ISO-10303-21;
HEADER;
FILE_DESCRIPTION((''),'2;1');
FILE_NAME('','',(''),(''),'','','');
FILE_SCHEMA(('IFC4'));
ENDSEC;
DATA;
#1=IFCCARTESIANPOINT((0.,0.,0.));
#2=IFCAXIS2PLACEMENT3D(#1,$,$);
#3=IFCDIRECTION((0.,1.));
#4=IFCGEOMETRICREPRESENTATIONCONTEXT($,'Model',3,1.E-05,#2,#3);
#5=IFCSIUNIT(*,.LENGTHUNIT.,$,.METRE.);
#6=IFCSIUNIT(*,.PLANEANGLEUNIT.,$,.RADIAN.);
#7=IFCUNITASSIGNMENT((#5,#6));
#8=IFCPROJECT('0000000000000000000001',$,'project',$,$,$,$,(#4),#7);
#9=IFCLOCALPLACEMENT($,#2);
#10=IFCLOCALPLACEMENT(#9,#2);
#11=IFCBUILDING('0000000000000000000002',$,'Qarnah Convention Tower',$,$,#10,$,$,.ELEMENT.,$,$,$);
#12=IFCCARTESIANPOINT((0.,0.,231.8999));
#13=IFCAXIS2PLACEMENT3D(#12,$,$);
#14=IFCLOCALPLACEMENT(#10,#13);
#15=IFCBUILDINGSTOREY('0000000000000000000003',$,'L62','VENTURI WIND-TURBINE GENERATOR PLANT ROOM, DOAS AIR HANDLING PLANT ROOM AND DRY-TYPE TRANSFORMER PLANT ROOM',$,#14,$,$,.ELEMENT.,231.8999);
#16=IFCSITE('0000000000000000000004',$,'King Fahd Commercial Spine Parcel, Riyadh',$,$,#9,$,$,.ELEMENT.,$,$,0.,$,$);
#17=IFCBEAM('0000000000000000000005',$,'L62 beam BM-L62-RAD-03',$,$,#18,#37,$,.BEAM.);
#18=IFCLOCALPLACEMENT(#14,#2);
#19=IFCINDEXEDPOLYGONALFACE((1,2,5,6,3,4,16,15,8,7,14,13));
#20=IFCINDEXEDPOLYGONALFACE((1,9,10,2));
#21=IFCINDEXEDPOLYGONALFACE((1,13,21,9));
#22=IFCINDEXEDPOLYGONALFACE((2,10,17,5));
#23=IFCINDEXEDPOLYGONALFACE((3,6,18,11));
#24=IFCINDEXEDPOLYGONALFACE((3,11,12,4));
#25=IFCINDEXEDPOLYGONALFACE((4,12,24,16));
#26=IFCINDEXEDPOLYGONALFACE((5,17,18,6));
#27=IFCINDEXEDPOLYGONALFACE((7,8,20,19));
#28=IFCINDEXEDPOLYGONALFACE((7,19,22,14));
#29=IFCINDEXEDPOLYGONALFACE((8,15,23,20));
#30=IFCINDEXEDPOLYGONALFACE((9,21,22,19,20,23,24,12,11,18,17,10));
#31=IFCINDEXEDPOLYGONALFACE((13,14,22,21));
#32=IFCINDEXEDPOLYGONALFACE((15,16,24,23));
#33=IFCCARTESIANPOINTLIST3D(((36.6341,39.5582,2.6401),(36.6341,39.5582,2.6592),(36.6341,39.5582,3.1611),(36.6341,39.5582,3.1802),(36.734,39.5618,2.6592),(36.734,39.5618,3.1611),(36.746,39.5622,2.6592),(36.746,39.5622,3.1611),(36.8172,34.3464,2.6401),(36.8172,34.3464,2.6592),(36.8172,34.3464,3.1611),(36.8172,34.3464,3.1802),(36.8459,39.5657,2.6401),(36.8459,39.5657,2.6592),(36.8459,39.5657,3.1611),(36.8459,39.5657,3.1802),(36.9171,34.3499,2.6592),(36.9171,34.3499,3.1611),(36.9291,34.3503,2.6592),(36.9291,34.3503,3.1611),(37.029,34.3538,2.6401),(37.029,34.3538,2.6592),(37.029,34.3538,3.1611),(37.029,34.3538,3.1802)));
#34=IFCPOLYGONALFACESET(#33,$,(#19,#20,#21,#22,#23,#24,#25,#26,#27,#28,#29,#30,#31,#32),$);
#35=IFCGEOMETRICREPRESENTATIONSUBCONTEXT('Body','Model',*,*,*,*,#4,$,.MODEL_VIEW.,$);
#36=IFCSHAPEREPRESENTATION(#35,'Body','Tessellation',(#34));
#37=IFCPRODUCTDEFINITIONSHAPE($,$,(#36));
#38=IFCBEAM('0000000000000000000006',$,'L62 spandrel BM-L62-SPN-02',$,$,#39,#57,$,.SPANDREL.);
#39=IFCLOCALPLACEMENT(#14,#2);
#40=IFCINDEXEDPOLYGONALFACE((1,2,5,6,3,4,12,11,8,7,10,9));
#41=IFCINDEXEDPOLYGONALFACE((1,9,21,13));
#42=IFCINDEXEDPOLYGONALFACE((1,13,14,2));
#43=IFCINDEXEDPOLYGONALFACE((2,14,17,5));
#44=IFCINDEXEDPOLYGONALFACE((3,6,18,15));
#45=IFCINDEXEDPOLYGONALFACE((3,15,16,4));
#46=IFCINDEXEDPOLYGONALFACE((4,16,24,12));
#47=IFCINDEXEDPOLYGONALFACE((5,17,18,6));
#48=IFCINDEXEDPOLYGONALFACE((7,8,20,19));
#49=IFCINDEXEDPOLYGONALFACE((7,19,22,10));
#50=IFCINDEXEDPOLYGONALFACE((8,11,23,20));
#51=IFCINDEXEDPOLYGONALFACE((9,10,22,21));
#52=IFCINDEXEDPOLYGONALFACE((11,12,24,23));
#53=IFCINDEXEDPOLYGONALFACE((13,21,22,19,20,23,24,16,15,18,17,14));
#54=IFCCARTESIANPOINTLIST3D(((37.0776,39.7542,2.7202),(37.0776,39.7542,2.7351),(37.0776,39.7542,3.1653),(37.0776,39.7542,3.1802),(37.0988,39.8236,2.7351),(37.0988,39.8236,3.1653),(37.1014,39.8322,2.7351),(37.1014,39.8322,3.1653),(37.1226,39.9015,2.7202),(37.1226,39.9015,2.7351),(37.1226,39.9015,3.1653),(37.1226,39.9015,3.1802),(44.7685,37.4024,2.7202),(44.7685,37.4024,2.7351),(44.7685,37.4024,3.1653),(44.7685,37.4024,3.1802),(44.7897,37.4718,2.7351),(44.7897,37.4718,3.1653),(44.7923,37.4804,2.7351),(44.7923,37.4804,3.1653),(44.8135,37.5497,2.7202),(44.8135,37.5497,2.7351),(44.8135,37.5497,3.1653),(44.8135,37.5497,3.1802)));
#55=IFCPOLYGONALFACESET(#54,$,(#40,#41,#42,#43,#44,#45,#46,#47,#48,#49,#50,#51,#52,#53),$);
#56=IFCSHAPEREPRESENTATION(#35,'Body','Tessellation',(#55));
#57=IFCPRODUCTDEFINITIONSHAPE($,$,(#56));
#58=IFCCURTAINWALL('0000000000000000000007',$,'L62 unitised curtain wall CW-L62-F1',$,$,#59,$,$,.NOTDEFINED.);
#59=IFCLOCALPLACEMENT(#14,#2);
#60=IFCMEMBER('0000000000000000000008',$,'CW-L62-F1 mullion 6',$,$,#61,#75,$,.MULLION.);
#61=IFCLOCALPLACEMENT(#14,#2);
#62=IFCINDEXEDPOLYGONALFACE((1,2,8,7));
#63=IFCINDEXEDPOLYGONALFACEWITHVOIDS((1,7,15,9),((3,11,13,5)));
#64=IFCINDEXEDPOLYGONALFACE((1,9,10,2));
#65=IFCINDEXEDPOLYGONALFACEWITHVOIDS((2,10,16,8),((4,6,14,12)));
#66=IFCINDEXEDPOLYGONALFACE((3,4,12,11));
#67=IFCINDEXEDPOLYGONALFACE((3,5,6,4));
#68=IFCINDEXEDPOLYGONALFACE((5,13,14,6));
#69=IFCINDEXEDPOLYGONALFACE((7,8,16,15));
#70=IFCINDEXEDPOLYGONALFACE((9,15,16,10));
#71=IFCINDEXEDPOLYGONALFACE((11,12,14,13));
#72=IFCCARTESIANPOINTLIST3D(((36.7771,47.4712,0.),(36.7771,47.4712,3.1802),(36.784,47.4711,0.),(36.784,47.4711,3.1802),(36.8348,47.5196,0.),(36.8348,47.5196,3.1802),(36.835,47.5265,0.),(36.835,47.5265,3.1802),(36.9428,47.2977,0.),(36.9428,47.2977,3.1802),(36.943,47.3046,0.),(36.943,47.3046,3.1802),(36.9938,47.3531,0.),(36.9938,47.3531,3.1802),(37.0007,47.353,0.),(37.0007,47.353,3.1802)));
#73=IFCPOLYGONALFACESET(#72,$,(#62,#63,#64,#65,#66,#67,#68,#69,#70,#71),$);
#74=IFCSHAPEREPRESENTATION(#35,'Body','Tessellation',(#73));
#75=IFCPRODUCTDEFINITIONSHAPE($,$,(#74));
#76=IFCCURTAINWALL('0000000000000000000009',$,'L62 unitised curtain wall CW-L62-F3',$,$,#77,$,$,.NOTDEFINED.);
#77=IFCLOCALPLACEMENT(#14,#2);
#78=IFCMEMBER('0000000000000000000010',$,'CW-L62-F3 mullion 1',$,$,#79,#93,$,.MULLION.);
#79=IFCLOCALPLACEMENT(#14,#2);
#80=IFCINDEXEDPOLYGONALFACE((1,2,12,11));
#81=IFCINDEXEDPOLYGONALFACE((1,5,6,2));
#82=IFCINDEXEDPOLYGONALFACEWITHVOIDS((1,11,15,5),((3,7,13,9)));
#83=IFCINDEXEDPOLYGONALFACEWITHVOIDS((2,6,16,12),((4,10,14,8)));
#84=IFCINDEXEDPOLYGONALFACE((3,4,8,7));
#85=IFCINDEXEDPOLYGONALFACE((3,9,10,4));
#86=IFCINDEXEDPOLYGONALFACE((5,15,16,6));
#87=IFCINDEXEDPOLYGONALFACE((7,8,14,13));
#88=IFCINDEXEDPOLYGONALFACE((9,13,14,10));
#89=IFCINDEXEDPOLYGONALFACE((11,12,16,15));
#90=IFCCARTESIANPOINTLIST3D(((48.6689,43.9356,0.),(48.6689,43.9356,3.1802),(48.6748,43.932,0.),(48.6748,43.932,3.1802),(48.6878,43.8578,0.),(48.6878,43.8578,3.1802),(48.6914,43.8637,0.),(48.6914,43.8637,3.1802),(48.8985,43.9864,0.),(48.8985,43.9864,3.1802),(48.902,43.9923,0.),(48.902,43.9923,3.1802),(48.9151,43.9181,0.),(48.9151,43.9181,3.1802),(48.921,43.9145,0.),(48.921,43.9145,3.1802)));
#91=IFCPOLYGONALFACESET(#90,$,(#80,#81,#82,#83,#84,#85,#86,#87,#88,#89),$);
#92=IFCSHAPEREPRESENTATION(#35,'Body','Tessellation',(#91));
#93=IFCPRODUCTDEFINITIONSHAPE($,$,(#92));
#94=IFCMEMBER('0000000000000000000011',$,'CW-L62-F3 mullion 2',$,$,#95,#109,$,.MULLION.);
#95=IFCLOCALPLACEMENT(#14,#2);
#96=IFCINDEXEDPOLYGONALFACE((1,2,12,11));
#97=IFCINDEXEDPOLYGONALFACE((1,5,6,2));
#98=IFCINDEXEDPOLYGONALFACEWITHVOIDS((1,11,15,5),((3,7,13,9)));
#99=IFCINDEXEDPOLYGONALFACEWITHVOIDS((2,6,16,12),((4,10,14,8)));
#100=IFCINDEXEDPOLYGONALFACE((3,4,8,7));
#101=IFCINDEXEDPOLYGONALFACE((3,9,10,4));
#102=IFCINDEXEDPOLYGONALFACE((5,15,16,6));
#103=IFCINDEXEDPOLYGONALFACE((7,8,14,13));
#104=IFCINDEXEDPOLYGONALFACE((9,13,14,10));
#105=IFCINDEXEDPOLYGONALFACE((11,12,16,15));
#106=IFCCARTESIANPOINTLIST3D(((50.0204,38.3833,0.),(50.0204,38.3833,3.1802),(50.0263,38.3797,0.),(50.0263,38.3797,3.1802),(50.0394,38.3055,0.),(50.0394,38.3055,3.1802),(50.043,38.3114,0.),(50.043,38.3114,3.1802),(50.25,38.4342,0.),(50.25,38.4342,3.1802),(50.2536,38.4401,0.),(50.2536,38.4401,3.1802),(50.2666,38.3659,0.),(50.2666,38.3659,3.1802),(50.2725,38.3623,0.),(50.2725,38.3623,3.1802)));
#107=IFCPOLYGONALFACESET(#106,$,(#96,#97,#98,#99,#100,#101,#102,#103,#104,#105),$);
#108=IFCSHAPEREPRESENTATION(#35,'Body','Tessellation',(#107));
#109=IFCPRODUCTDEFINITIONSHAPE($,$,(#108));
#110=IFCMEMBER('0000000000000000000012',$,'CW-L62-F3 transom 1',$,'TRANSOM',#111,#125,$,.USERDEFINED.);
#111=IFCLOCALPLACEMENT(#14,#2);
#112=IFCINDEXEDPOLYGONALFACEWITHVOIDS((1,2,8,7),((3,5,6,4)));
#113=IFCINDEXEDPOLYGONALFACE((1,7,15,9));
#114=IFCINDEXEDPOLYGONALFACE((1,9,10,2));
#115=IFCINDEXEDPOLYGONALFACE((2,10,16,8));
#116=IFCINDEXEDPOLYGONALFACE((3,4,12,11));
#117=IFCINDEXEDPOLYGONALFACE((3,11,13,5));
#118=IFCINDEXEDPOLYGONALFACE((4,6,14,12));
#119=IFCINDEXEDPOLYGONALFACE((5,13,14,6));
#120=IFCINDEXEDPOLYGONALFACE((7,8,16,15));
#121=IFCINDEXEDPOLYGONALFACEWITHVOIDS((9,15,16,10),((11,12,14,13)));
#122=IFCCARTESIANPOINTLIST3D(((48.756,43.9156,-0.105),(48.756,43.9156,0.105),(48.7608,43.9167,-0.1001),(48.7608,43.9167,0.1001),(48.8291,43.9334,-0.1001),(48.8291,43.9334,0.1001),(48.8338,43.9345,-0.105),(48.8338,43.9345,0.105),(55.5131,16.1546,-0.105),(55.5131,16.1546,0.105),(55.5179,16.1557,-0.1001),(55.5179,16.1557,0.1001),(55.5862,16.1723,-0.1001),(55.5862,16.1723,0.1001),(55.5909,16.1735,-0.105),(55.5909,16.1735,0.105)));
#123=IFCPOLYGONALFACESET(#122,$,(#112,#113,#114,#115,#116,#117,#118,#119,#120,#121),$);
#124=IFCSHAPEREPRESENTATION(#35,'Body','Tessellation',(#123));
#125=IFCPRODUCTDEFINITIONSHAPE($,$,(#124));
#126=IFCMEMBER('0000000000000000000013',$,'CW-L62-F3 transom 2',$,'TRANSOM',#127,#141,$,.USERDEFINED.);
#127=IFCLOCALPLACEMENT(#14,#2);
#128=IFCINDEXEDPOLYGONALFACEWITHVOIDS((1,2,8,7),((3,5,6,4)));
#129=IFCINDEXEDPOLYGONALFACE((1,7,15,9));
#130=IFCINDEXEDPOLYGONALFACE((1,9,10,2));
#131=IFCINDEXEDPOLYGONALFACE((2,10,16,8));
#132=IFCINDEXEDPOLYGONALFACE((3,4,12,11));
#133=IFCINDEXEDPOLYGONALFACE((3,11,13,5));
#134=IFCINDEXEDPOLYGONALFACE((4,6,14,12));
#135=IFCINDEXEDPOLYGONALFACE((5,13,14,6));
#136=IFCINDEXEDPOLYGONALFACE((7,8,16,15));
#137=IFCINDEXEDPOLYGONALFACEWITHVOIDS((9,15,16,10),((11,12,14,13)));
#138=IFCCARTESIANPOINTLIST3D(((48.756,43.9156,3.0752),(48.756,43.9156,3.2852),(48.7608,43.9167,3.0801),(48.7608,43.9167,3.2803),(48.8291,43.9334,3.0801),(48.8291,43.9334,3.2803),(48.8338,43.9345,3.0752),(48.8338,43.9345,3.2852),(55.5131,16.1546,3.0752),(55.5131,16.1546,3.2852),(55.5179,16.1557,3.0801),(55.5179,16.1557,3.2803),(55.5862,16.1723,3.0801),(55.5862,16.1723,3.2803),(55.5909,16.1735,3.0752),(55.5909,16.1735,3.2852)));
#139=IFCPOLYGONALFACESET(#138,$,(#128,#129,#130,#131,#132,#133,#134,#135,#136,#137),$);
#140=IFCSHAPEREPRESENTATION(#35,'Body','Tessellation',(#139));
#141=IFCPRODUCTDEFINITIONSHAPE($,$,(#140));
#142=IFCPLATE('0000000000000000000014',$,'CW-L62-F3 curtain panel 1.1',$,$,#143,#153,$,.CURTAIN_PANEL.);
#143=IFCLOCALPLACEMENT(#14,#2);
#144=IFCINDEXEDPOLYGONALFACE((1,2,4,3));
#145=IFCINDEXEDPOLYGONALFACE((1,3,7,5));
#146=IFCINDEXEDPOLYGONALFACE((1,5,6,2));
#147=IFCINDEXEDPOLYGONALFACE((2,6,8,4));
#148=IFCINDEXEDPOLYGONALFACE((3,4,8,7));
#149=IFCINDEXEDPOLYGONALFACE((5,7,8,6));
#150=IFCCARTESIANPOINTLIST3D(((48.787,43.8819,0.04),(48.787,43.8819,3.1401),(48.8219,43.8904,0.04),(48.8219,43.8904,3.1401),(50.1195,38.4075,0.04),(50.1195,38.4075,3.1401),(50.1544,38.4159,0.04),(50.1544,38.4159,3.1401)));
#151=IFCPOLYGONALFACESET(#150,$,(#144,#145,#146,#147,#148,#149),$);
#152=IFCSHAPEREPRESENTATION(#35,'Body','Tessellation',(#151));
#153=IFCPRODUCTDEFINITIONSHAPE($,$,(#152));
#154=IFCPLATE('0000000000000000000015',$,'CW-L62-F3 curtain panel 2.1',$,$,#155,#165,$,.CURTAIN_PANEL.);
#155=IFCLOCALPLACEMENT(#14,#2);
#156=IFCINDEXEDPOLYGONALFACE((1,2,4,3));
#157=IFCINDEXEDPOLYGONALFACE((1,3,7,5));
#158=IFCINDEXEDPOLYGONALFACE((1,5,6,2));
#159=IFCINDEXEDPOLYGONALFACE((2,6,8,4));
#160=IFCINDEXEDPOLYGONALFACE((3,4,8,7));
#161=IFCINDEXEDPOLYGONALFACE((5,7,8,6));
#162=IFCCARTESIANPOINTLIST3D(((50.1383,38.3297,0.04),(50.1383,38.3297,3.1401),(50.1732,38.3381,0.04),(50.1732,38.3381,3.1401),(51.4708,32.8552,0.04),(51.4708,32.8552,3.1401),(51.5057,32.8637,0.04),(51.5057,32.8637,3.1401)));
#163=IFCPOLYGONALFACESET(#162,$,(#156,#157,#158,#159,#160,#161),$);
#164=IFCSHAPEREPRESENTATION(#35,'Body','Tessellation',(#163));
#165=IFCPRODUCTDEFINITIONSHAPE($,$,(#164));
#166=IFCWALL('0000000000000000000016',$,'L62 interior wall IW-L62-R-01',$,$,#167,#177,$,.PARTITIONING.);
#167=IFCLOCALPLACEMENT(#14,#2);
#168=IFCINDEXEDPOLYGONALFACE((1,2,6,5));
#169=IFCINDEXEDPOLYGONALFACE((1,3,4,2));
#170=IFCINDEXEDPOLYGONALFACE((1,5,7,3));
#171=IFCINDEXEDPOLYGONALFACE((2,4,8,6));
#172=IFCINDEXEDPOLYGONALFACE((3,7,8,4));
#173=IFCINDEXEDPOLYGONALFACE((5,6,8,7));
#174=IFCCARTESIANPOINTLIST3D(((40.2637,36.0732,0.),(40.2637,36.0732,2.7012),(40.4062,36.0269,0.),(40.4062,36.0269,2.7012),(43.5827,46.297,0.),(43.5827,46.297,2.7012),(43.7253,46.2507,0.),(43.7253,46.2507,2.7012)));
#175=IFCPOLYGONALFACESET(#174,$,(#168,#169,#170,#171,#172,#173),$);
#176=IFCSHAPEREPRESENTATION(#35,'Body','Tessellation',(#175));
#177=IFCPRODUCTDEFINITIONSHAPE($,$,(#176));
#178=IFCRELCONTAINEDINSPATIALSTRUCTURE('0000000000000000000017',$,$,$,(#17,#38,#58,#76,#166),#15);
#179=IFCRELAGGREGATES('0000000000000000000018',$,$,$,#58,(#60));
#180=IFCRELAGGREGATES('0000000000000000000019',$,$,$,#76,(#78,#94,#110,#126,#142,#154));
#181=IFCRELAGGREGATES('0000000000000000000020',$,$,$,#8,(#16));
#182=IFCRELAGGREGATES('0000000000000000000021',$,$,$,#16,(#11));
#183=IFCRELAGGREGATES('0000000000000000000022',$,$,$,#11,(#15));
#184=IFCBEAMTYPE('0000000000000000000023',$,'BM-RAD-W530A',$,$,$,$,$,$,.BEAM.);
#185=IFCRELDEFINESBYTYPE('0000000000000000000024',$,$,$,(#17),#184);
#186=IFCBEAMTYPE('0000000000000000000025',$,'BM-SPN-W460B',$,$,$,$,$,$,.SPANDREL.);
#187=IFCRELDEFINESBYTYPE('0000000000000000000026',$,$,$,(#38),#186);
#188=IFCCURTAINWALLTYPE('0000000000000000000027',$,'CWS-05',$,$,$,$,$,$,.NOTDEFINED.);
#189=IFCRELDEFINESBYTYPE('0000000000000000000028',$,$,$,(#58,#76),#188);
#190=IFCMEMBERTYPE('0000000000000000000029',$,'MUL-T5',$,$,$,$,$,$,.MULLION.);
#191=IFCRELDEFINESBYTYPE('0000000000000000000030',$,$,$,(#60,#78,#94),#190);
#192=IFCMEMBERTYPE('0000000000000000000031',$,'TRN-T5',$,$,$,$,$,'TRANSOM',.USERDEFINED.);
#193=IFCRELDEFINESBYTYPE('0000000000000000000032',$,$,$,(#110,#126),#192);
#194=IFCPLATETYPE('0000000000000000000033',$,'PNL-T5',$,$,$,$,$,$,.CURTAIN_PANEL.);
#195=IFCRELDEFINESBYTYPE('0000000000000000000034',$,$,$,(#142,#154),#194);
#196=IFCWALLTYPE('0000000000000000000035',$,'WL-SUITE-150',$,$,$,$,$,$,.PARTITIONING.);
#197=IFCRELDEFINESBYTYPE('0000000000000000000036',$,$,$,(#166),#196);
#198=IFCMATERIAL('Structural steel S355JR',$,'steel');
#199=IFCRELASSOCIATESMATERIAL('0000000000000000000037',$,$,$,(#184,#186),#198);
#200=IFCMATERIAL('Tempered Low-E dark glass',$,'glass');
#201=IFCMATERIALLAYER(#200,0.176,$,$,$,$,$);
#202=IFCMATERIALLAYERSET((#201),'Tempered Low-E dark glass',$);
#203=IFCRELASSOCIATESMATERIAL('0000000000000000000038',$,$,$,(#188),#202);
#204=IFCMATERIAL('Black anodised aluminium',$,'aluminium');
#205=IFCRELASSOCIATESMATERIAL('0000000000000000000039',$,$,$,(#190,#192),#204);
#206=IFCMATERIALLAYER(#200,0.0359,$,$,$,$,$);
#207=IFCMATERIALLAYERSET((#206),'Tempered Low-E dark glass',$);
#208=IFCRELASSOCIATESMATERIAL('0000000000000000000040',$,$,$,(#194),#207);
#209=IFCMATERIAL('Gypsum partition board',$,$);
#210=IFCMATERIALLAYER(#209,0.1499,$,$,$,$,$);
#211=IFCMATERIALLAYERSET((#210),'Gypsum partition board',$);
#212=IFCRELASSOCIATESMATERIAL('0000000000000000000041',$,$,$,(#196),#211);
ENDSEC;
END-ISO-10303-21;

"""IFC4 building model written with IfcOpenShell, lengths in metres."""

from ifc_helpers import new_model, si_unit, direction, frame, frame_2d, origin, origin_2d, place, context, subcontext, project, spatial, rectangle, hollow_rectangle, i_section, extrude, material, layer, layer_set, material_profile, profile_set, type_object, element, aggregate, save


model = new_model("IFC4")

# Units and contexts
model_context = context("Model", 3, precision=1e-05, world=origin(), true_north=direction((0.0, 1.0)))
body_context = subcontext(model_context, "Body", "Model", "MODEL_VIEW")
ifc_project = project(units=[si_unit("LENGTHUNIT", "METRE"), si_unit("PLANEANGLEUNIT", "RADIAN")], contexts=[model_context])

# Site, building, storey
site_placement = place(None, origin())
site = spatial("IfcSite", under=ifc_project, at=site_placement, Name="King Fahd Commercial Spine Parcel, Riyadh", CompositionType="ELEMENT", RefElevation=0.0)
building_placement = place(site_placement, origin())
building = spatial("IfcBuilding", under=site, at=building_placement, Name="Qarnah Convention Tower", CompositionType="ELEMENT")
storey_placement = place(building_placement, frame((0.0, 0.0, 231.8999)))
storey = spatial("IfcBuildingStorey", under=building, at=storey_placement, Name="L62", Description="VENTURI WIND-TURBINE GENERATOR PLANT ROOM, DOAS AIR HANDLING PLANT ROOM AND DRY-TYPE TRANSFORMER PLANT ROOM", CompositionType="ELEMENT", Elevation=231.8999)

# Beams
ifc_material_1 = material(Name="Structural steel S355JR", Category="steel")
ifc_material_profile_1 = material_profile(ifc_material_1, i_section(OverallWidth=0.2119, OverallDepth=0.54, WebThickness=0.012, FlangeThickness=0.019, at=origin_2d()), Name="W530X109")
ifc_profile_set_1 = profile_set([ifc_material_profile_1], Name="Structural steel S355JR")
beam_type_1 = type_object("IfcBeamType", Name="BM-RAD-W530A", PredefinedType="BEAM", material=ifc_profile_set_1)
beam_1_placement = place(storey_placement, frame((36.9231, 34.3501, 2.9102), z_axis=(-0.03511, 0.999383, 0.0), x_axis=(-0.999383, -0.03511, 0.0)))
element("IfcBeam", 1, at=beam_1_placement, inside=storey, type_object=beam_type_1, Name="L62 beam BM-L62-RAD-03", PredefinedType="BEAM", context=body_context, shape_type="SweptSolid", body=[
    extrude(i_section(OverallWidth=0.2119, OverallDepth=0.54, WebThickness=0.012, FlangeThickness=0.019, at=origin_2d()), origin(), (0.0, 0.0, 1.0), 5.2151),
])
ifc_material_profile_2 = material_profile(ifc_material_1, i_section(OverallWidth=0.1541, OverallDepth=0.46, WebThickness=0.009, FlangeThickness=0.0149, at=origin_2d()), Name="W460X68")
ifc_profile_set_2 = profile_set([ifc_material_profile_2], Name="Structural steel S355JR")
beam_type_2 = type_object("IfcBeamType", Name="BM-SPN-W460B", PredefinedType="SPANDREL", material=ifc_profile_set_2)
beam_2_placement = place(storey_placement, frame((44.791, 37.4761, 2.9502), z_axis=(-0.956289, 0.292424, 0.0), x_axis=(-0.292424, -0.956289, 0.0)))
element("IfcBeam", 2, at=beam_2_placement, inside=storey, type_object=beam_type_2, Name="L62 spandrel BM-L62-SPN-02", PredefinedType="SPANDREL", context=body_context, shape_type="SweptSolid", body=[
    extrude(i_section(OverallWidth=0.1541, OverallDepth=0.46, WebThickness=0.009, FlangeThickness=0.0149, at=origin_2d()), origin(), (0.0, 0.0, 1.0), 8.0425),
])

# Curtain wall, member
ifc_material_2 = material(Name="Tempered Low-E dark glass", Category="glass")
ifc_layer_1 = layer(ifc_material_2, 0.176)
ifc_layer_set_1 = layer_set([ifc_layer_1], Name="Tempered Low-E dark glass")
curtain_wall_type = type_object("IfcCurtainWallType", Name="CWS-05", PredefinedType="NOTDEFINED", material=ifc_layer_set_1)
curtain_wall_1_placement = place(storey_placement, origin())
curtain_wall_1 = element("IfcCurtainWall", 3, at=curtain_wall_1_placement, inside=storey, type_object=curtain_wall_type, Name="L62 unitised curtain wall CW-L62-F1", PredefinedType="NOTDEFINED")
ifc_material_3 = material(Name="Black anodised aluminium", Category="aluminium")
ifc_material_profile_3 = material_profile(ifc_material_3, hollow_rectangle(XDim=0.0801, YDim=0.24, WallThickness=0.0049, at=origin_2d()), Name="MUL-80X240")
ifc_profile_set_3 = profile_set([ifc_material_profile_3], Name="Black anodised aluminium")
member_type_1 = type_object("IfcMemberType", Name="MUL-T5", PredefinedType="MULLION", material=ifc_profile_set_3)
member_1_placement = place(storey_placement, frame((36.8889, 47.4121, 0.0), z_axis=(0.0, 0.0, 1.0), x_axis=(0.723193, 0.690646, 0.0)))
member_1 = element("IfcMember", 4, at=member_1_placement, type_object=member_type_1, Name="CW-L62-F1 mullion 6", PredefinedType="MULLION", context=body_context, shape_type="SweptSolid", body=[
    extrude(hollow_rectangle(XDim=0.0801, YDim=0.24, WallThickness=0.0049, at=origin_2d()), origin(), (0.0, 0.0, 1.0), 3.1802),
])
aggregate(curtain_wall_1, [member_1])

# Curtain wall, members, plates
curtain_wall_2_placement = place(storey_placement, origin())
curtain_wall_2 = element("IfcCurtainWall", 5, at=curtain_wall_2_placement, inside=storey, type_object=curtain_wall_type, Name="L62 unitised curtain wall CW-L62-F3", PredefinedType="NOTDEFINED")
member_2_placement = place(storey_placement, frame((48.7949, 43.925, 0.0), z_axis=(0.0, 0.0, 1.0), x_axis=(0.236494, -0.971633, 0.0)))
member_2 = element("IfcMember", 6, at=member_2_placement, type_object=member_type_1, Name="CW-L62-F3 mullion 1", PredefinedType="MULLION", context=body_context, shape_type="SweptSolid", body=[
    extrude(hollow_rectangle(XDim=0.0801, YDim=0.24, WallThickness=0.0049, at=origin_2d()), origin(), (0.0, 0.0, 1.0), 3.1802),
])
member_3_placement = place(storey_placement, frame((50.1465, 38.3728, 0.0), z_axis=(0.0, 0.0, 1.0), x_axis=(0.236494, -0.971633, 0.0)))
member_3 = element("IfcMember", 7, at=member_3_placement, type_object=member_type_1, Name="CW-L62-F3 mullion 2", PredefinedType="MULLION", context=body_context, shape_type="SweptSolid", body=[
    extrude(hollow_rectangle(XDim=0.0801, YDim=0.24, WallThickness=0.0049, at=origin_2d()), origin(), (0.0, 0.0, 1.0), 3.1802),
])
ifc_material_profile_4 = material_profile(ifc_material_3, hollow_rectangle(XDim=0.0801, YDim=0.21, WallThickness=0.0049, at=origin_2d()), Name="TRN-80X210")
ifc_profile_set_4 = profile_set([ifc_material_profile_4], Name="Black anodised aluminium")
member_type_2 = type_object("IfcMemberType", Name="TRN-T5", ElementType="TRANSOM", PredefinedType="USERDEFINED", material=ifc_profile_set_4)
member_4_placement = place(storey_placement, frame((48.7949, 43.925, 0.0), z_axis=(0.236497, -0.971632, 0.0), x_axis=(0.971632, 0.236497, 0.0)))
member_4 = element("IfcMember", 8, at=member_4_placement, type_object=member_type_2, Name="CW-L62-F3 transom 1", ObjectType="TRANSOM", PredefinedType="USERDEFINED", context=body_context, shape_type="SweptSolid", body=[
    extrude(hollow_rectangle(XDim=0.0801, YDim=0.21, WallThickness=0.0049, at=origin_2d()), origin(), (0.0, 0.0, 1.0), 28.5715),
])
member_5_placement = place(storey_placement, frame((48.7949, 43.925, 3.1802), z_axis=(0.236497, -0.971632, 0.0), x_axis=(0.971632, 0.236497, 0.0)))
member_5 = element("IfcMember", 9, at=member_5_placement, type_object=member_type_2, Name="CW-L62-F3 transom 2", ObjectType="TRANSOM", PredefinedType="USERDEFINED", context=body_context, shape_type="SweptSolid", body=[
    extrude(hollow_rectangle(XDim=0.0801, YDim=0.21, WallThickness=0.0049, at=origin_2d()), origin(), (0.0, 0.0, 1.0), 28.5715),
])
ifc_layer_2 = layer(ifc_material_2, 0.0359)
ifc_layer_set_2 = layer_set([ifc_layer_2], Name="Tempered Low-E dark glass")
plate_type = type_object("IfcPlateType", Name="PNL-T5", PredefinedType="CURTAIN_PANEL", material=ifc_layer_set_2)
plate_1_placement = place(storey_placement, frame((49.4707, 41.1489, 0.04), z_axis=(0.0, 0.0, 1.0), x_axis=(0.236494, -0.971633, 0.0)))
plate_1 = element("IfcPlate", 10, at=plate_1_placement, type_object=plate_type, Name="CW-L62-F3 curtain panel 1.1", PredefinedType="CURTAIN_PANEL", context=body_context, shape_type="SweptSolid", body=[
    extrude(rectangle(XDim=5.6343, YDim=0.0359, at=origin_2d()), origin(), (0.0, 0.0, 1.0), 3.1001),
])
plate_2_placement = place(storey_placement, frame((50.822, 35.5967, 0.04), z_axis=(0.0, 0.0, 1.0), x_axis=(0.236494, -0.971633, 0.0)))
plate_2 = element("IfcPlate", 11, at=plate_2_placement, type_object=plate_type, Name="CW-L62-F3 curtain panel 2.1", PredefinedType="CURTAIN_PANEL", context=body_context, shape_type="SweptSolid", body=[
    extrude(rectangle(XDim=5.6343, YDim=0.0359, at=origin_2d()), origin(), (0.0, 0.0, 1.0), 3.1001),
])
aggregate(curtain_wall_2, [member_2, member_3, member_4, member_5, plate_1, plate_2])

# Wall
ifc_material_4 = material(Name="Gypsum partition board")
ifc_layer_3 = layer(ifc_material_4, 0.1499)
ifc_layer_set_3 = layer_set([ifc_layer_3], Name="Gypsum partition board")
wall_type = type_object("IfcWallType", Name="WL-SUITE-150", PredefinedType="PARTITIONING", material=ifc_layer_set_3)
wall_1_placement = place(storey_placement, frame((40.335, 36.05, 0.0), z_axis=(0.0, 0.0, 1.0), x_axis=(0.308777, 0.951134, 0.0)))
element("IfcWall", 12, at=wall_1_placement, inside=storey, type_object=wall_type, Name="L62 interior wall IW-L62-R-01", PredefinedType="PARTITIONING", context=body_context, shape_type="SweptSolid", body=[
    extrude(rectangle(XDim=10.749, YDim=0.1499, at=frame_2d((5.3745, 0.0))), origin(), (0.0, 0.0, 1.0), 2.7012),
])

save(model, "model.ifc")
